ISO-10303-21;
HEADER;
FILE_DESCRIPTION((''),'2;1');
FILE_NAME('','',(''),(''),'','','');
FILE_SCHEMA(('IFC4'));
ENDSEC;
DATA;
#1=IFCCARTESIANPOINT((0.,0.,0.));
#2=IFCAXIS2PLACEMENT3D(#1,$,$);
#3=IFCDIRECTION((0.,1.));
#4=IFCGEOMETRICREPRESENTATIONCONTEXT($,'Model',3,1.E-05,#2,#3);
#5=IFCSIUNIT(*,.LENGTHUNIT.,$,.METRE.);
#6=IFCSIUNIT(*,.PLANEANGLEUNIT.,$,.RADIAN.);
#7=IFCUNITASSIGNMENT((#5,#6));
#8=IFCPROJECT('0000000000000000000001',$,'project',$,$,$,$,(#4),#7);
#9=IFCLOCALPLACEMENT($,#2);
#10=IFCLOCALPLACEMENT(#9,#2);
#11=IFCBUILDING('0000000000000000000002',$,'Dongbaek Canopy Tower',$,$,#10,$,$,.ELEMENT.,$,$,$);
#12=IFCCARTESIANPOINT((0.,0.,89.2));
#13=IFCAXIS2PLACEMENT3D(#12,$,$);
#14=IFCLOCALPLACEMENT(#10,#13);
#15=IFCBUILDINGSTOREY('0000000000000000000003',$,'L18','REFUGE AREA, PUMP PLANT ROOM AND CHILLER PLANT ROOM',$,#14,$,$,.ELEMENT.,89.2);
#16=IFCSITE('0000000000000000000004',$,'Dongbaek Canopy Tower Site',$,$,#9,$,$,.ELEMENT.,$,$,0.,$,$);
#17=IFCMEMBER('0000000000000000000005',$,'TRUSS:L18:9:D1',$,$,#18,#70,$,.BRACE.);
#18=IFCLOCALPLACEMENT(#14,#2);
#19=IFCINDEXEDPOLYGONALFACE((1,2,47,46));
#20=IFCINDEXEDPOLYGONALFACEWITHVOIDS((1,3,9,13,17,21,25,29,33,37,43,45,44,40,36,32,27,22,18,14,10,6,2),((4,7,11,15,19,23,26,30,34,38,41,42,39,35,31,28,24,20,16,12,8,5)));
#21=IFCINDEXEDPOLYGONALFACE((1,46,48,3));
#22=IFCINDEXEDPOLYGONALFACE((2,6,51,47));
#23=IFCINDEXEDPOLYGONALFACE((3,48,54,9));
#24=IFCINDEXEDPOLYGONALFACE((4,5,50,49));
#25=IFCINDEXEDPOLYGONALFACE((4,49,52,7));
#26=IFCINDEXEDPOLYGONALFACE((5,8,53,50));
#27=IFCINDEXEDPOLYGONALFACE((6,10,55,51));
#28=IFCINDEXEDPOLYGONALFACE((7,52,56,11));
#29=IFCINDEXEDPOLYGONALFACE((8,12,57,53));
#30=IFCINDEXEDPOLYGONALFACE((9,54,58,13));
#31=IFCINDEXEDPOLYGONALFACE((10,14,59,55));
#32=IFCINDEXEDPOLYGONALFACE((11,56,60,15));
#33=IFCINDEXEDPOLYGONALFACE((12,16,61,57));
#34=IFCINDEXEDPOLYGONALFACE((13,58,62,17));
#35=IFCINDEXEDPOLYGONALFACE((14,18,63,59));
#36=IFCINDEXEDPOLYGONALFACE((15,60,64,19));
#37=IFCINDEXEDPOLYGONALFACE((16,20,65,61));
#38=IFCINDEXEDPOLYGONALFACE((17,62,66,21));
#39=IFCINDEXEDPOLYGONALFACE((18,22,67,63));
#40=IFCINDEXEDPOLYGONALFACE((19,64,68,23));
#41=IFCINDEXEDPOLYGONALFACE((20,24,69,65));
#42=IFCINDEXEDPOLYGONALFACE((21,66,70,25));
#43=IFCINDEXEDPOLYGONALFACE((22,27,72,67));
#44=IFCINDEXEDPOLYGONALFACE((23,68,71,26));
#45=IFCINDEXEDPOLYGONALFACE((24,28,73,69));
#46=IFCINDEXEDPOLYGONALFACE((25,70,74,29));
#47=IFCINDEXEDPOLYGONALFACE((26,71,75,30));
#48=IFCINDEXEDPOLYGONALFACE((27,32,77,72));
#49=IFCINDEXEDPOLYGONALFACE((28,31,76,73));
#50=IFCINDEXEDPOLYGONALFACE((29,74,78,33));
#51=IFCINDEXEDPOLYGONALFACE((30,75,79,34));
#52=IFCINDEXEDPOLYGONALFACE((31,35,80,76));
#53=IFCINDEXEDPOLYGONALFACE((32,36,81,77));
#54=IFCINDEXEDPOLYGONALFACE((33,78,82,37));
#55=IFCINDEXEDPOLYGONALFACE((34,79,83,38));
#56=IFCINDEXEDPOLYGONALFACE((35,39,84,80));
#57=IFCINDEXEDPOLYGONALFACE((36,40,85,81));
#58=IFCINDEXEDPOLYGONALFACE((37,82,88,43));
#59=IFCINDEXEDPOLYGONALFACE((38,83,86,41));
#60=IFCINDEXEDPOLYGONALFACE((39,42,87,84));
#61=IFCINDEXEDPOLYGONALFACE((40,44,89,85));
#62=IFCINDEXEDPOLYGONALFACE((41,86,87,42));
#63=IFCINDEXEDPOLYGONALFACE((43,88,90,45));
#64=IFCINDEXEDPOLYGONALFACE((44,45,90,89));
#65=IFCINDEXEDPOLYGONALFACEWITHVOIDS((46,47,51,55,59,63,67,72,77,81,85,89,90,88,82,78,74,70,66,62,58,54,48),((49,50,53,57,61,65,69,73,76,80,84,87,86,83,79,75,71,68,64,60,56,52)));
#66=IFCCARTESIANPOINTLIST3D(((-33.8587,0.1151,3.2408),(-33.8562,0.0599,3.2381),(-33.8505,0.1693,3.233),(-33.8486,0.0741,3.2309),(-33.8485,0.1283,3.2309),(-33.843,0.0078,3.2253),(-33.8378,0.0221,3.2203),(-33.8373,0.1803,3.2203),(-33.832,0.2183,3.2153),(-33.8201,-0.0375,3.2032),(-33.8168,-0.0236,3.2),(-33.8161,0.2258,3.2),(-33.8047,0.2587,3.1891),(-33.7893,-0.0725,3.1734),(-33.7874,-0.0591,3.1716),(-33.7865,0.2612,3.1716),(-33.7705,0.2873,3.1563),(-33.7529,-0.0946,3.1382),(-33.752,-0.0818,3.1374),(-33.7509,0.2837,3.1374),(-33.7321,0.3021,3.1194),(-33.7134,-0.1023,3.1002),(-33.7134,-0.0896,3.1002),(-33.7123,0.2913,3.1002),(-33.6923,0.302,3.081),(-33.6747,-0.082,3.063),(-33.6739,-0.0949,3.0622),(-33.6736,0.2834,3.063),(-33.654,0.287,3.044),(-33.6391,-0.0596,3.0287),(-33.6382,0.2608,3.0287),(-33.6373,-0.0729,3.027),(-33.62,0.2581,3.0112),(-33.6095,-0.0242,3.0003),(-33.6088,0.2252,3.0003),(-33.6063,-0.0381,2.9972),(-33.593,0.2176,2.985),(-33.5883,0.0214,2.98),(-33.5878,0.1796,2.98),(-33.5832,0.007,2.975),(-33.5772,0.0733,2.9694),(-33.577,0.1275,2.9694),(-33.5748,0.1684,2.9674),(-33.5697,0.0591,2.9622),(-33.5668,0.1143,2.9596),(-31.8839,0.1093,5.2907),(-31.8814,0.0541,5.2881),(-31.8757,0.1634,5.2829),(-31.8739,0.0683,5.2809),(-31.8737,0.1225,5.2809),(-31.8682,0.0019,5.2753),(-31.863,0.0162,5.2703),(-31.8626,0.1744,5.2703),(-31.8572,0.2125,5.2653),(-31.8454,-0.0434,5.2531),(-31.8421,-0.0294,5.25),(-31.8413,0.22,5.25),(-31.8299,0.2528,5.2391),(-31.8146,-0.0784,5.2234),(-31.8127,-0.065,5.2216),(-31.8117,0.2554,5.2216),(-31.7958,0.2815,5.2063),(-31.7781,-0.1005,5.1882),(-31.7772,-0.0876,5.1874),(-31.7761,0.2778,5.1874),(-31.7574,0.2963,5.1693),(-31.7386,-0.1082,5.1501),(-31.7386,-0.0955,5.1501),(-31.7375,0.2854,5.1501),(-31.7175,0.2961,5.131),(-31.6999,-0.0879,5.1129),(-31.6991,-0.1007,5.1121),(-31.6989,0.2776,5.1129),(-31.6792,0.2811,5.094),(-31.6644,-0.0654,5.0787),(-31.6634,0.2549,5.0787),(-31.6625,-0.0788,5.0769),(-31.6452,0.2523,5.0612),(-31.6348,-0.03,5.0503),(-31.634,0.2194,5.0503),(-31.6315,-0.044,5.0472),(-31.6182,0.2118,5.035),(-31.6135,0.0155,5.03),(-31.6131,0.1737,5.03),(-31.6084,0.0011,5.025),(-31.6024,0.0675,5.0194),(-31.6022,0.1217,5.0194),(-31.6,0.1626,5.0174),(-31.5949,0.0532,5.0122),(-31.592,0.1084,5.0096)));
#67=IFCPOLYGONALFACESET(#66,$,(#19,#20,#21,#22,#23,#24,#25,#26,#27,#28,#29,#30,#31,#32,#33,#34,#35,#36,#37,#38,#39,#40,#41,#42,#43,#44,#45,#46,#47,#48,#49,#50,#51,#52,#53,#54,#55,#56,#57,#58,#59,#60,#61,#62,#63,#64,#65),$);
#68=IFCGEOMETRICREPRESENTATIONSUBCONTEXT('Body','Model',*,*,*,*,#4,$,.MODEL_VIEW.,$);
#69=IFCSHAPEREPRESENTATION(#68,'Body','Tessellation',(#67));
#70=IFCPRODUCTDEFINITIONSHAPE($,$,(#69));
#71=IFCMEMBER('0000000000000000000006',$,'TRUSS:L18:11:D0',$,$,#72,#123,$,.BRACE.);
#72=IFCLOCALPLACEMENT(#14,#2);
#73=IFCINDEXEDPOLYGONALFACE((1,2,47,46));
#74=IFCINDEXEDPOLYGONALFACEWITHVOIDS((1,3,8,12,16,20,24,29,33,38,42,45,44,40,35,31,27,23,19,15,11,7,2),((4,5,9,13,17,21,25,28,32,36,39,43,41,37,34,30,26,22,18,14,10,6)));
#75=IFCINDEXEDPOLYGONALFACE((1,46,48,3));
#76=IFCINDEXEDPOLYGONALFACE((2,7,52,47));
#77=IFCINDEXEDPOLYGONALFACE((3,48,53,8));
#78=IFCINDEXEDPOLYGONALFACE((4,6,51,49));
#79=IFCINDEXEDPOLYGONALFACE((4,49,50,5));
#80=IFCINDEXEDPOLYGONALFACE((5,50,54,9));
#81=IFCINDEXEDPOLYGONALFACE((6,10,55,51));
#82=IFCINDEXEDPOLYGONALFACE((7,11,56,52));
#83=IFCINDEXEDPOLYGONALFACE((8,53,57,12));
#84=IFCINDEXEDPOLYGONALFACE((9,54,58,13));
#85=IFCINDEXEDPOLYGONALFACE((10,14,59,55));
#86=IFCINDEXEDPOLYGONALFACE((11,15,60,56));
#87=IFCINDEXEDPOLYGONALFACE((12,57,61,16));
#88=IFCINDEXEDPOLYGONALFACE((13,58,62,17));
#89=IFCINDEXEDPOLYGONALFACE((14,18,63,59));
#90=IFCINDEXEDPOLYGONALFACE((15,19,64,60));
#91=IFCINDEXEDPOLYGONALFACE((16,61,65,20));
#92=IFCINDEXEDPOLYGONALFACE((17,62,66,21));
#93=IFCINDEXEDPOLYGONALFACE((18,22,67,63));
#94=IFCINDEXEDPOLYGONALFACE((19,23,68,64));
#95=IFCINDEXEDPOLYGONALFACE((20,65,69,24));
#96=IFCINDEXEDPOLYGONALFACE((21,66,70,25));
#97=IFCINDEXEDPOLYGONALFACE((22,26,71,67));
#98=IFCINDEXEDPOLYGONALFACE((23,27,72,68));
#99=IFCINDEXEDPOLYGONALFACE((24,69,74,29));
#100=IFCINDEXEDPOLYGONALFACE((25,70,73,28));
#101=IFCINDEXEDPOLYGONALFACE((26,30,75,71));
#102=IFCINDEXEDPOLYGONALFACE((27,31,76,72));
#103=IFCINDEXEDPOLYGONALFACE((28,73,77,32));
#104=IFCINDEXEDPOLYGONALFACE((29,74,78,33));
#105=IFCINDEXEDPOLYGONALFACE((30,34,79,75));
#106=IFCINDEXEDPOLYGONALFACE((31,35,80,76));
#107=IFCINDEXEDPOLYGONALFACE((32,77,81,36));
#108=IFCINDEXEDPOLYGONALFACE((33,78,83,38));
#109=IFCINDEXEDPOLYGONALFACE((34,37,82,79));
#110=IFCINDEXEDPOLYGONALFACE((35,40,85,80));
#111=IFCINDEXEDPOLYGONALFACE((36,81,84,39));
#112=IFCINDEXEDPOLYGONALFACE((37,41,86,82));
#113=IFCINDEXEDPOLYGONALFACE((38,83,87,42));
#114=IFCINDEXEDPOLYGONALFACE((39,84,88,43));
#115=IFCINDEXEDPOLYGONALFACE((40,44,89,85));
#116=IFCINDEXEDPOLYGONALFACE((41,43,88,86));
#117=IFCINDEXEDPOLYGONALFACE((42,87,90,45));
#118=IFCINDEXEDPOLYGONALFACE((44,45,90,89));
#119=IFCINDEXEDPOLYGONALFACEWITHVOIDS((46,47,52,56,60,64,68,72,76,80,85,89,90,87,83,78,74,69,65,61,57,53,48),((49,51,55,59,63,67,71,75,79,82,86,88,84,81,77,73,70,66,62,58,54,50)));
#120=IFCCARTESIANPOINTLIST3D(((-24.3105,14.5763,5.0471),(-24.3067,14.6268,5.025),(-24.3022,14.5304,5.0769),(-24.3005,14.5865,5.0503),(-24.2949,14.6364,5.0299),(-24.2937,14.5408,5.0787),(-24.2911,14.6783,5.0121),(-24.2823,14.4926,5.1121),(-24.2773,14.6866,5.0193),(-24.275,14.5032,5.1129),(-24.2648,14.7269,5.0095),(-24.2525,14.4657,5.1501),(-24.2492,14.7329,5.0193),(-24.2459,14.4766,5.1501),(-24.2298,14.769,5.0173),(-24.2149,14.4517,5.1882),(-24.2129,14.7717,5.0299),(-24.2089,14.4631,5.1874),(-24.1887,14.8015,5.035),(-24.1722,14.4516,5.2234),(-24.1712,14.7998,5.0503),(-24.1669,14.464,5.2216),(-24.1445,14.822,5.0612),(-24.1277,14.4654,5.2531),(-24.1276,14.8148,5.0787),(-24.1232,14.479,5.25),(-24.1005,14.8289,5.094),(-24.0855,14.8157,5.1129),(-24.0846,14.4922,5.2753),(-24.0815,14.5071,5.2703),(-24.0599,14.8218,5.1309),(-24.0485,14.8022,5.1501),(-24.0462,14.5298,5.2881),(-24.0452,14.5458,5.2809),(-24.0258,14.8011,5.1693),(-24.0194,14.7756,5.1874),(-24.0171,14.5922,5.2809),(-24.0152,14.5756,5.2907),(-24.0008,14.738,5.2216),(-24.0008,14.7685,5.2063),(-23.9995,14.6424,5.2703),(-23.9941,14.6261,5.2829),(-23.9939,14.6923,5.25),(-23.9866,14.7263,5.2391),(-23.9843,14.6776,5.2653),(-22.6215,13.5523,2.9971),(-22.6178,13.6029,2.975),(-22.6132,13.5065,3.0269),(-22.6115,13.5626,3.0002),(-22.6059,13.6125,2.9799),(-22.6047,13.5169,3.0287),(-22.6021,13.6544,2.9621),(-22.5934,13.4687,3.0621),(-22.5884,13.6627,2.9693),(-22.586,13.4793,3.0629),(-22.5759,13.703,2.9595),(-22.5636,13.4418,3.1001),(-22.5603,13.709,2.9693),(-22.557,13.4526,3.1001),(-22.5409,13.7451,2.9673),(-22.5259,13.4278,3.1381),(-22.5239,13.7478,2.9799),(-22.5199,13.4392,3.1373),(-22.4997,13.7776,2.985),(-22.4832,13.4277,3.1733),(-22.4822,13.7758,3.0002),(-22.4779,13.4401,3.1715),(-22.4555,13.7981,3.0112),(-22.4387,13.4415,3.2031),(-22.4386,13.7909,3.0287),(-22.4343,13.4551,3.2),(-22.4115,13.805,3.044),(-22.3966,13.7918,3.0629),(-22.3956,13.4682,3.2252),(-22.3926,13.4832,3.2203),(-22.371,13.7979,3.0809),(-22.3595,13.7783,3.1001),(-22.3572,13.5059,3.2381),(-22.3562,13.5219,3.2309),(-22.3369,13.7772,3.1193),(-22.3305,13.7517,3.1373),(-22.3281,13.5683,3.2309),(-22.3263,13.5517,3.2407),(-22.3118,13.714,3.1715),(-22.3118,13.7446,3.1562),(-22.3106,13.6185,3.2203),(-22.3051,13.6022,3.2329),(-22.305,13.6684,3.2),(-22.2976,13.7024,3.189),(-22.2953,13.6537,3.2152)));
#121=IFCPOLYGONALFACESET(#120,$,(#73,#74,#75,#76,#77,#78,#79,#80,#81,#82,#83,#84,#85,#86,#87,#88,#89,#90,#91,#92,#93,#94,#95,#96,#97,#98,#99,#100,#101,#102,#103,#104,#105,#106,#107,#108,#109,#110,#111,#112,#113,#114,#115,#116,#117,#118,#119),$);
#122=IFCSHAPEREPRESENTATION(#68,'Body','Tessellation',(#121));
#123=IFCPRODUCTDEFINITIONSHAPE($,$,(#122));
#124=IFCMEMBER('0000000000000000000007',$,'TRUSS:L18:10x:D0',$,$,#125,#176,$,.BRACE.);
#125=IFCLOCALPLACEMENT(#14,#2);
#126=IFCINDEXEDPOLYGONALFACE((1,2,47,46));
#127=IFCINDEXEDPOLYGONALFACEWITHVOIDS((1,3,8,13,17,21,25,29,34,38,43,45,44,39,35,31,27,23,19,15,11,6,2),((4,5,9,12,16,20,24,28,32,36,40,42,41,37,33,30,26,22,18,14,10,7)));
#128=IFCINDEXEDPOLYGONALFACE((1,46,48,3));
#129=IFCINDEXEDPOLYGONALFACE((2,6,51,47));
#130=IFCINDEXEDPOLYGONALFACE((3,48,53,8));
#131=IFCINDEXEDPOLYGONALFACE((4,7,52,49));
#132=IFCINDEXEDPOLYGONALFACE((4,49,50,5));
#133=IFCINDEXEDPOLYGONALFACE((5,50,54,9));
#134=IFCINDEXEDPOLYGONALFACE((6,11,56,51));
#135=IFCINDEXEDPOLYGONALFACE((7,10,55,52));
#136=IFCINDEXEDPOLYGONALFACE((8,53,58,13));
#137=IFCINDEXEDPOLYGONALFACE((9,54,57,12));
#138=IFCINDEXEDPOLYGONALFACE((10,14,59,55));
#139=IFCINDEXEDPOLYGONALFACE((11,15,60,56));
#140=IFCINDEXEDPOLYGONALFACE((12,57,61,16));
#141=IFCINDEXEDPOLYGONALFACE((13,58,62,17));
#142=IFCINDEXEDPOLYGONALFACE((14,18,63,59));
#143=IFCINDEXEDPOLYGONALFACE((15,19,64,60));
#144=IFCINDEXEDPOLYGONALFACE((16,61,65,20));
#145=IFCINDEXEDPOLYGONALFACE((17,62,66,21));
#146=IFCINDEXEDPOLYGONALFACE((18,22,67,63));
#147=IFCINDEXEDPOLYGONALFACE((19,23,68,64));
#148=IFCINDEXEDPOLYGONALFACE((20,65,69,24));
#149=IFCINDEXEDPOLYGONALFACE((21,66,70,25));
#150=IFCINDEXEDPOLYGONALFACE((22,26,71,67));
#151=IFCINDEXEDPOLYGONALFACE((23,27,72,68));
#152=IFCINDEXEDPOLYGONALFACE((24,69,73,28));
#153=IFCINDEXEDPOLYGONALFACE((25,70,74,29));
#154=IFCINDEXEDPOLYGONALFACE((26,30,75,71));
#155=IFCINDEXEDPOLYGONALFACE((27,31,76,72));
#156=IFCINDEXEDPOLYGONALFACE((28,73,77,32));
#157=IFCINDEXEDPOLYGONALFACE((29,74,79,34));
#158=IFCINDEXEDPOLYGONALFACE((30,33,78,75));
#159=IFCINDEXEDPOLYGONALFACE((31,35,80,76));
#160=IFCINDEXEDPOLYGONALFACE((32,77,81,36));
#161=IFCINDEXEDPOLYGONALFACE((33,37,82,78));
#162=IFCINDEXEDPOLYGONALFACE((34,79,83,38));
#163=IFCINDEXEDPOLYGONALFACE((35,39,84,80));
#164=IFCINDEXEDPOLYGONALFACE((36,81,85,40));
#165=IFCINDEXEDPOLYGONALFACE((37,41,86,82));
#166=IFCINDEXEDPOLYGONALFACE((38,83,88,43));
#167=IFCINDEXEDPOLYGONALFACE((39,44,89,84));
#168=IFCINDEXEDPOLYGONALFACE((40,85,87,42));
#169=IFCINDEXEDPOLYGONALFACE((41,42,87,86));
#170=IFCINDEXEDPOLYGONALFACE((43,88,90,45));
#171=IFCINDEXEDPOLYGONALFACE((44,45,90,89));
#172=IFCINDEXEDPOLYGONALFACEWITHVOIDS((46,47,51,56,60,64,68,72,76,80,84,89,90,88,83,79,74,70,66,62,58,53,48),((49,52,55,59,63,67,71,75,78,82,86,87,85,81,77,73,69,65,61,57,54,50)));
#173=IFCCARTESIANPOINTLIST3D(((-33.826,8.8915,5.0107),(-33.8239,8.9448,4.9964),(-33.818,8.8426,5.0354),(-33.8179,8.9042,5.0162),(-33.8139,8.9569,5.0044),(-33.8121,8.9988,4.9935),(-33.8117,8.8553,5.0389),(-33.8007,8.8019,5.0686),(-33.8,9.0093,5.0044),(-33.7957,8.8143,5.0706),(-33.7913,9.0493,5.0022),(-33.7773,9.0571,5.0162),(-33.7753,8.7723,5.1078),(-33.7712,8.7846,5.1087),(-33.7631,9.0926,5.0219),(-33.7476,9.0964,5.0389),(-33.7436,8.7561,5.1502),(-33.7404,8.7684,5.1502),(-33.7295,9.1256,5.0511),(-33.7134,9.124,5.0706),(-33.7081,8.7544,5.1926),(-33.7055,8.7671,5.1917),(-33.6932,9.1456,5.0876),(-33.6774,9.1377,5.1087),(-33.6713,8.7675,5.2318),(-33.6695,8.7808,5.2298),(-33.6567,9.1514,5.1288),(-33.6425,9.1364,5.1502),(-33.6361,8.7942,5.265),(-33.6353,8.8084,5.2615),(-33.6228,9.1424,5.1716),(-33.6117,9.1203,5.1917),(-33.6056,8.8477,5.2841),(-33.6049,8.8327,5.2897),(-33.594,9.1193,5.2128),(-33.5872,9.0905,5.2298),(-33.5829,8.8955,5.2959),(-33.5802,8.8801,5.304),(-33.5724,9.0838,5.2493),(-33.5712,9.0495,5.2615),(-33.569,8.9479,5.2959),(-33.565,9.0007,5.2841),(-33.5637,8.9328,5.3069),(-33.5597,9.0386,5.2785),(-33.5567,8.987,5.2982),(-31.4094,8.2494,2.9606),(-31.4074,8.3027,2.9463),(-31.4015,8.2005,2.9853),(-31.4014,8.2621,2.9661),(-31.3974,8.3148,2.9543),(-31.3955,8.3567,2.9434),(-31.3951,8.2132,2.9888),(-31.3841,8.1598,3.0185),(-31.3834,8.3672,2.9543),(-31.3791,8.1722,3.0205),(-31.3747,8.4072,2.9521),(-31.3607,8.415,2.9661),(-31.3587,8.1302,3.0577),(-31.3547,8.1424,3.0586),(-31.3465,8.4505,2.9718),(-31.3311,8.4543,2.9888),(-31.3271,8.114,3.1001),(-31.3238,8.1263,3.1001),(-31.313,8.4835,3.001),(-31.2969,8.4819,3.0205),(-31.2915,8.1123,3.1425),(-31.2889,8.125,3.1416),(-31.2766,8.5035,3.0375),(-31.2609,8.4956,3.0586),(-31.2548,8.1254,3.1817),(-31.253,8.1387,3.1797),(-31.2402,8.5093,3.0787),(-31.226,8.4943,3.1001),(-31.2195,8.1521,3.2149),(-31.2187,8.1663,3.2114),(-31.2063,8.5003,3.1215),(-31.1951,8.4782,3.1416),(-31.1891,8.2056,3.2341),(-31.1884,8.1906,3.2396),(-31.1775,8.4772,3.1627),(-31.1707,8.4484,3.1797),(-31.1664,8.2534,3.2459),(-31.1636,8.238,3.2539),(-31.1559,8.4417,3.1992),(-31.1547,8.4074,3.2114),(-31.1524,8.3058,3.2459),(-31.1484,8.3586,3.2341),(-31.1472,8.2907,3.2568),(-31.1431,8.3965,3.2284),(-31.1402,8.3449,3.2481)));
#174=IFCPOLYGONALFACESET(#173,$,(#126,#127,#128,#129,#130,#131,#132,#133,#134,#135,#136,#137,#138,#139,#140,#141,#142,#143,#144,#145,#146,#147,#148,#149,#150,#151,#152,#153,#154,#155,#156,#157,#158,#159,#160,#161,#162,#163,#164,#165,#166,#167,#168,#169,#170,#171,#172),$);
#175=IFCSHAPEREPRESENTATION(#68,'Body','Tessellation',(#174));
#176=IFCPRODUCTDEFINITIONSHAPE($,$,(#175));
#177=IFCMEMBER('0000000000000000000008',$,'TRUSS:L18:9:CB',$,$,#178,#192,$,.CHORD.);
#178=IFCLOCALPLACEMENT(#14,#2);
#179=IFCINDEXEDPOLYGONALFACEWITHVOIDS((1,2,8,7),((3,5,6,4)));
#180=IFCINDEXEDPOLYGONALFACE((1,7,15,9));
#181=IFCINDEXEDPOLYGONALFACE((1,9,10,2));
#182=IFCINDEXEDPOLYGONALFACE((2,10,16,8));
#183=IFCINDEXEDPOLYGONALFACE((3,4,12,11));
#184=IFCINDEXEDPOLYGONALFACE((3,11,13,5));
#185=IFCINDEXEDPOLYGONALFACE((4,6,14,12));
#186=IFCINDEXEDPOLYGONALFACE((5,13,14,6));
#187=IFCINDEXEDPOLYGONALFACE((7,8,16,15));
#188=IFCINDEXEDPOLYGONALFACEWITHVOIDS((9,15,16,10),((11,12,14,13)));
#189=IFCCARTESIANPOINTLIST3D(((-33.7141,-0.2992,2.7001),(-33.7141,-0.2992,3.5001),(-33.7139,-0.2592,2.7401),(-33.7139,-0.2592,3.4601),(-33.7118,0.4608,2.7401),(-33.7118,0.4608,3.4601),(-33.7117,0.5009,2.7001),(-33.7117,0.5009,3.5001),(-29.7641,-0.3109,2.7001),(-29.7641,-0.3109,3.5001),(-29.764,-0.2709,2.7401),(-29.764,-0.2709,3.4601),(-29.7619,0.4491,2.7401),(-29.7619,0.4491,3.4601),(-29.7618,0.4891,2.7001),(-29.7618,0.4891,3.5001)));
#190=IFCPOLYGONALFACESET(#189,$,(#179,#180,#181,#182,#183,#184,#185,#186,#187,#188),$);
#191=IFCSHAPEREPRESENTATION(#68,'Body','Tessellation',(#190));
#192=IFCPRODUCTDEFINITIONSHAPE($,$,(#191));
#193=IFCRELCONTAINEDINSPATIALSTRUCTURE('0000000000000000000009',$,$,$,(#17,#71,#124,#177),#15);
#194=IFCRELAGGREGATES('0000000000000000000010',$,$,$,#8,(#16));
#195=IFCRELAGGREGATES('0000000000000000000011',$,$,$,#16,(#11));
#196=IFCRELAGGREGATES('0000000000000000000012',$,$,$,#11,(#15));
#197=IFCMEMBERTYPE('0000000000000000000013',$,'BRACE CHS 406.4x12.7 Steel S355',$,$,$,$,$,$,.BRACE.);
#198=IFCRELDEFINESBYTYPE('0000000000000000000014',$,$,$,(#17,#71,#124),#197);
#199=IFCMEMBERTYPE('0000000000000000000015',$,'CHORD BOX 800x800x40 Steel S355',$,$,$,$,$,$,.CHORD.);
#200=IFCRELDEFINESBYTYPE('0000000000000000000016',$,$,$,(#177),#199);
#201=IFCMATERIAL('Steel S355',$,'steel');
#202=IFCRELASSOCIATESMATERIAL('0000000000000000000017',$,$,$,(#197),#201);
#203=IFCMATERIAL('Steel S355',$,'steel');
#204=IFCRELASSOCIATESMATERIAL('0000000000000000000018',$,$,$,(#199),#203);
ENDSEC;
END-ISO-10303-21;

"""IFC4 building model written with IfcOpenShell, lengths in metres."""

from ifc_helpers import new_model, si_unit, direction, frame, origin, origin_2d, place, context, subcontext, project, spatial, hollow_rectangle, hollow_circle, extrude, material, material_profile, profile_set, type_object, element, save


model = new_model("IFC4")

# Units and contexts
model_context = context("Model", 3, precision=1e-05, world=origin(), true_north=direction((0.0, 1.0)))
body_context = subcontext(model_context, "Body", "Model", "MODEL_VIEW")
ifc_project = project(units=[si_unit("LENGTHUNIT", "METRE"), si_unit("PLANEANGLEUNIT", "RADIAN")], contexts=[model_context])

# Site, building, storey
site_placement = place(None, origin())
site = spatial("IfcSite", under=ifc_project, at=site_placement, Name="Dongbaek Canopy Tower Site", CompositionType="ELEMENT", RefElevation=0.0)
building_placement = place(site_placement, origin())
building = spatial("IfcBuilding", under=site, at=building_placement, Name="Dongbaek Canopy Tower", CompositionType="ELEMENT")
storey_placement = place(building_placement, frame((0.0, 0.0, 89.2)))
storey = spatial("IfcBuildingStorey", under=building, at=storey_placement, Name="L18", Description="REFUGE AREA, PUMP PLANT ROOM AND CHILLER PLANT ROOM", CompositionType="ELEMENT", Elevation=89.2)

# Members
ifc_material_1 = material(Name="Steel S355", Category="steel")
ifc_material_profile_1 = material_profile(ifc_material_1, hollow_circle(Radius=0.2031, WallThickness=0.0127, at=origin_2d()), Name="BRACE CHS 406.4x12.7 Steel S355")
ifc_profile_set_1 = profile_set([ifc_material_profile_1], Name="Steel S355")
member_type_1 = type_object("IfcMemberType", Name="BRACE CHS 406.4x12.7 Steel S355", PredefinedType="BRACE", material=ifc_profile_set_1)
member_1_placement = place(storey_placement, frame((-31.738, 0.095, 5.1501), z_axis=(-0.693774, 0.002058, -0.72019), x_axis=(-0.002967, -0.999996, 0.0)))
element("IfcMember", 1, at=member_1_placement, inside=storey, type_object=member_type_1, Name="TRUSS:L18:9:D1", PredefinedType="BRACE", context=body_context, shape_type="SweptSolid", body=[
    extrude(hollow_circle(Radius=0.2031, WallThickness=0.0127, at=origin_2d()), origin(), (0.0, 0.0, 1.0), 2.8464),
])
member_2_placement = place(storey_placement, frame((-22.4583, 13.6155, 3.1001), z_axis=(-0.593305, 0.359688, 0.720148), x_axis=(-0.518417, -0.855128, 0.0)))
element("IfcMember", 2, at=member_2_placement, inside=storey, type_object=member_type_1, Name="TRUSS:L18:11:D0", PredefinedType="BRACE", context=body_context, shape_type="SweptSolid", body=[
    extrude(hollow_circle(Radius=0.2031, WallThickness=0.0127, at=origin_2d()), origin(), (0.0, 0.0, 1.0), 2.8467),
])
member_3_placement = place(storey_placement, frame((-31.2749, 8.3103, 3.1001), z_axis=(-0.747371, 0.198584, 0.634035), x_axis=(-0.2568, -0.966465, 0.0)))
element("IfcMember", 3, at=member_3_placement, inside=storey, type_object=member_type_1, Name="TRUSS:L18:10x:D0", PredefinedType="BRACE", context=body_context, shape_type="SweptSolid", body=[
    extrude(hollow_circle(Radius=0.2031, WallThickness=0.0127, at=origin_2d()), origin(), (0.0, 0.0, 1.0), 3.2334),
])
ifc_material_2 = material(Name="Steel S355", Category="steel")
ifc_material_profile_2 = material_profile(ifc_material_2, hollow_rectangle(XDim=0.8, YDim=0.8, WallThickness=0.04, at=origin_2d()), Name="CHORD BOX 800x800x40 Steel S355")
ifc_profile_set_2 = profile_set([ifc_material_profile_2], Name="Steel S355")
member_type_2 = type_object("IfcMemberType", Name="CHORD BOX 800x800x40 Steel S355", PredefinedType="CHORD", material=ifc_profile_set_2)
member_4_placement = place(storey_placement, frame((-29.7629, 0.0891, 3.1001), z_axis=(-0.999996, 0.002967, 0.0), x_axis=(-0.002967, -0.999996, 0.0)))
element("IfcMember", 4, at=member_4_placement, inside=storey, type_object=member_type_2, Name="TRUSS:L18:9:CB", PredefinedType="CHORD", context=body_context, shape_type="SweptSolid", body=[
    extrude(hollow_rectangle(XDim=0.8, YDim=0.8, WallThickness=0.04, at=origin_2d()), origin(), (0.0, 0.0, 1.0), 3.95),
])

save(model, "model.ifc")
